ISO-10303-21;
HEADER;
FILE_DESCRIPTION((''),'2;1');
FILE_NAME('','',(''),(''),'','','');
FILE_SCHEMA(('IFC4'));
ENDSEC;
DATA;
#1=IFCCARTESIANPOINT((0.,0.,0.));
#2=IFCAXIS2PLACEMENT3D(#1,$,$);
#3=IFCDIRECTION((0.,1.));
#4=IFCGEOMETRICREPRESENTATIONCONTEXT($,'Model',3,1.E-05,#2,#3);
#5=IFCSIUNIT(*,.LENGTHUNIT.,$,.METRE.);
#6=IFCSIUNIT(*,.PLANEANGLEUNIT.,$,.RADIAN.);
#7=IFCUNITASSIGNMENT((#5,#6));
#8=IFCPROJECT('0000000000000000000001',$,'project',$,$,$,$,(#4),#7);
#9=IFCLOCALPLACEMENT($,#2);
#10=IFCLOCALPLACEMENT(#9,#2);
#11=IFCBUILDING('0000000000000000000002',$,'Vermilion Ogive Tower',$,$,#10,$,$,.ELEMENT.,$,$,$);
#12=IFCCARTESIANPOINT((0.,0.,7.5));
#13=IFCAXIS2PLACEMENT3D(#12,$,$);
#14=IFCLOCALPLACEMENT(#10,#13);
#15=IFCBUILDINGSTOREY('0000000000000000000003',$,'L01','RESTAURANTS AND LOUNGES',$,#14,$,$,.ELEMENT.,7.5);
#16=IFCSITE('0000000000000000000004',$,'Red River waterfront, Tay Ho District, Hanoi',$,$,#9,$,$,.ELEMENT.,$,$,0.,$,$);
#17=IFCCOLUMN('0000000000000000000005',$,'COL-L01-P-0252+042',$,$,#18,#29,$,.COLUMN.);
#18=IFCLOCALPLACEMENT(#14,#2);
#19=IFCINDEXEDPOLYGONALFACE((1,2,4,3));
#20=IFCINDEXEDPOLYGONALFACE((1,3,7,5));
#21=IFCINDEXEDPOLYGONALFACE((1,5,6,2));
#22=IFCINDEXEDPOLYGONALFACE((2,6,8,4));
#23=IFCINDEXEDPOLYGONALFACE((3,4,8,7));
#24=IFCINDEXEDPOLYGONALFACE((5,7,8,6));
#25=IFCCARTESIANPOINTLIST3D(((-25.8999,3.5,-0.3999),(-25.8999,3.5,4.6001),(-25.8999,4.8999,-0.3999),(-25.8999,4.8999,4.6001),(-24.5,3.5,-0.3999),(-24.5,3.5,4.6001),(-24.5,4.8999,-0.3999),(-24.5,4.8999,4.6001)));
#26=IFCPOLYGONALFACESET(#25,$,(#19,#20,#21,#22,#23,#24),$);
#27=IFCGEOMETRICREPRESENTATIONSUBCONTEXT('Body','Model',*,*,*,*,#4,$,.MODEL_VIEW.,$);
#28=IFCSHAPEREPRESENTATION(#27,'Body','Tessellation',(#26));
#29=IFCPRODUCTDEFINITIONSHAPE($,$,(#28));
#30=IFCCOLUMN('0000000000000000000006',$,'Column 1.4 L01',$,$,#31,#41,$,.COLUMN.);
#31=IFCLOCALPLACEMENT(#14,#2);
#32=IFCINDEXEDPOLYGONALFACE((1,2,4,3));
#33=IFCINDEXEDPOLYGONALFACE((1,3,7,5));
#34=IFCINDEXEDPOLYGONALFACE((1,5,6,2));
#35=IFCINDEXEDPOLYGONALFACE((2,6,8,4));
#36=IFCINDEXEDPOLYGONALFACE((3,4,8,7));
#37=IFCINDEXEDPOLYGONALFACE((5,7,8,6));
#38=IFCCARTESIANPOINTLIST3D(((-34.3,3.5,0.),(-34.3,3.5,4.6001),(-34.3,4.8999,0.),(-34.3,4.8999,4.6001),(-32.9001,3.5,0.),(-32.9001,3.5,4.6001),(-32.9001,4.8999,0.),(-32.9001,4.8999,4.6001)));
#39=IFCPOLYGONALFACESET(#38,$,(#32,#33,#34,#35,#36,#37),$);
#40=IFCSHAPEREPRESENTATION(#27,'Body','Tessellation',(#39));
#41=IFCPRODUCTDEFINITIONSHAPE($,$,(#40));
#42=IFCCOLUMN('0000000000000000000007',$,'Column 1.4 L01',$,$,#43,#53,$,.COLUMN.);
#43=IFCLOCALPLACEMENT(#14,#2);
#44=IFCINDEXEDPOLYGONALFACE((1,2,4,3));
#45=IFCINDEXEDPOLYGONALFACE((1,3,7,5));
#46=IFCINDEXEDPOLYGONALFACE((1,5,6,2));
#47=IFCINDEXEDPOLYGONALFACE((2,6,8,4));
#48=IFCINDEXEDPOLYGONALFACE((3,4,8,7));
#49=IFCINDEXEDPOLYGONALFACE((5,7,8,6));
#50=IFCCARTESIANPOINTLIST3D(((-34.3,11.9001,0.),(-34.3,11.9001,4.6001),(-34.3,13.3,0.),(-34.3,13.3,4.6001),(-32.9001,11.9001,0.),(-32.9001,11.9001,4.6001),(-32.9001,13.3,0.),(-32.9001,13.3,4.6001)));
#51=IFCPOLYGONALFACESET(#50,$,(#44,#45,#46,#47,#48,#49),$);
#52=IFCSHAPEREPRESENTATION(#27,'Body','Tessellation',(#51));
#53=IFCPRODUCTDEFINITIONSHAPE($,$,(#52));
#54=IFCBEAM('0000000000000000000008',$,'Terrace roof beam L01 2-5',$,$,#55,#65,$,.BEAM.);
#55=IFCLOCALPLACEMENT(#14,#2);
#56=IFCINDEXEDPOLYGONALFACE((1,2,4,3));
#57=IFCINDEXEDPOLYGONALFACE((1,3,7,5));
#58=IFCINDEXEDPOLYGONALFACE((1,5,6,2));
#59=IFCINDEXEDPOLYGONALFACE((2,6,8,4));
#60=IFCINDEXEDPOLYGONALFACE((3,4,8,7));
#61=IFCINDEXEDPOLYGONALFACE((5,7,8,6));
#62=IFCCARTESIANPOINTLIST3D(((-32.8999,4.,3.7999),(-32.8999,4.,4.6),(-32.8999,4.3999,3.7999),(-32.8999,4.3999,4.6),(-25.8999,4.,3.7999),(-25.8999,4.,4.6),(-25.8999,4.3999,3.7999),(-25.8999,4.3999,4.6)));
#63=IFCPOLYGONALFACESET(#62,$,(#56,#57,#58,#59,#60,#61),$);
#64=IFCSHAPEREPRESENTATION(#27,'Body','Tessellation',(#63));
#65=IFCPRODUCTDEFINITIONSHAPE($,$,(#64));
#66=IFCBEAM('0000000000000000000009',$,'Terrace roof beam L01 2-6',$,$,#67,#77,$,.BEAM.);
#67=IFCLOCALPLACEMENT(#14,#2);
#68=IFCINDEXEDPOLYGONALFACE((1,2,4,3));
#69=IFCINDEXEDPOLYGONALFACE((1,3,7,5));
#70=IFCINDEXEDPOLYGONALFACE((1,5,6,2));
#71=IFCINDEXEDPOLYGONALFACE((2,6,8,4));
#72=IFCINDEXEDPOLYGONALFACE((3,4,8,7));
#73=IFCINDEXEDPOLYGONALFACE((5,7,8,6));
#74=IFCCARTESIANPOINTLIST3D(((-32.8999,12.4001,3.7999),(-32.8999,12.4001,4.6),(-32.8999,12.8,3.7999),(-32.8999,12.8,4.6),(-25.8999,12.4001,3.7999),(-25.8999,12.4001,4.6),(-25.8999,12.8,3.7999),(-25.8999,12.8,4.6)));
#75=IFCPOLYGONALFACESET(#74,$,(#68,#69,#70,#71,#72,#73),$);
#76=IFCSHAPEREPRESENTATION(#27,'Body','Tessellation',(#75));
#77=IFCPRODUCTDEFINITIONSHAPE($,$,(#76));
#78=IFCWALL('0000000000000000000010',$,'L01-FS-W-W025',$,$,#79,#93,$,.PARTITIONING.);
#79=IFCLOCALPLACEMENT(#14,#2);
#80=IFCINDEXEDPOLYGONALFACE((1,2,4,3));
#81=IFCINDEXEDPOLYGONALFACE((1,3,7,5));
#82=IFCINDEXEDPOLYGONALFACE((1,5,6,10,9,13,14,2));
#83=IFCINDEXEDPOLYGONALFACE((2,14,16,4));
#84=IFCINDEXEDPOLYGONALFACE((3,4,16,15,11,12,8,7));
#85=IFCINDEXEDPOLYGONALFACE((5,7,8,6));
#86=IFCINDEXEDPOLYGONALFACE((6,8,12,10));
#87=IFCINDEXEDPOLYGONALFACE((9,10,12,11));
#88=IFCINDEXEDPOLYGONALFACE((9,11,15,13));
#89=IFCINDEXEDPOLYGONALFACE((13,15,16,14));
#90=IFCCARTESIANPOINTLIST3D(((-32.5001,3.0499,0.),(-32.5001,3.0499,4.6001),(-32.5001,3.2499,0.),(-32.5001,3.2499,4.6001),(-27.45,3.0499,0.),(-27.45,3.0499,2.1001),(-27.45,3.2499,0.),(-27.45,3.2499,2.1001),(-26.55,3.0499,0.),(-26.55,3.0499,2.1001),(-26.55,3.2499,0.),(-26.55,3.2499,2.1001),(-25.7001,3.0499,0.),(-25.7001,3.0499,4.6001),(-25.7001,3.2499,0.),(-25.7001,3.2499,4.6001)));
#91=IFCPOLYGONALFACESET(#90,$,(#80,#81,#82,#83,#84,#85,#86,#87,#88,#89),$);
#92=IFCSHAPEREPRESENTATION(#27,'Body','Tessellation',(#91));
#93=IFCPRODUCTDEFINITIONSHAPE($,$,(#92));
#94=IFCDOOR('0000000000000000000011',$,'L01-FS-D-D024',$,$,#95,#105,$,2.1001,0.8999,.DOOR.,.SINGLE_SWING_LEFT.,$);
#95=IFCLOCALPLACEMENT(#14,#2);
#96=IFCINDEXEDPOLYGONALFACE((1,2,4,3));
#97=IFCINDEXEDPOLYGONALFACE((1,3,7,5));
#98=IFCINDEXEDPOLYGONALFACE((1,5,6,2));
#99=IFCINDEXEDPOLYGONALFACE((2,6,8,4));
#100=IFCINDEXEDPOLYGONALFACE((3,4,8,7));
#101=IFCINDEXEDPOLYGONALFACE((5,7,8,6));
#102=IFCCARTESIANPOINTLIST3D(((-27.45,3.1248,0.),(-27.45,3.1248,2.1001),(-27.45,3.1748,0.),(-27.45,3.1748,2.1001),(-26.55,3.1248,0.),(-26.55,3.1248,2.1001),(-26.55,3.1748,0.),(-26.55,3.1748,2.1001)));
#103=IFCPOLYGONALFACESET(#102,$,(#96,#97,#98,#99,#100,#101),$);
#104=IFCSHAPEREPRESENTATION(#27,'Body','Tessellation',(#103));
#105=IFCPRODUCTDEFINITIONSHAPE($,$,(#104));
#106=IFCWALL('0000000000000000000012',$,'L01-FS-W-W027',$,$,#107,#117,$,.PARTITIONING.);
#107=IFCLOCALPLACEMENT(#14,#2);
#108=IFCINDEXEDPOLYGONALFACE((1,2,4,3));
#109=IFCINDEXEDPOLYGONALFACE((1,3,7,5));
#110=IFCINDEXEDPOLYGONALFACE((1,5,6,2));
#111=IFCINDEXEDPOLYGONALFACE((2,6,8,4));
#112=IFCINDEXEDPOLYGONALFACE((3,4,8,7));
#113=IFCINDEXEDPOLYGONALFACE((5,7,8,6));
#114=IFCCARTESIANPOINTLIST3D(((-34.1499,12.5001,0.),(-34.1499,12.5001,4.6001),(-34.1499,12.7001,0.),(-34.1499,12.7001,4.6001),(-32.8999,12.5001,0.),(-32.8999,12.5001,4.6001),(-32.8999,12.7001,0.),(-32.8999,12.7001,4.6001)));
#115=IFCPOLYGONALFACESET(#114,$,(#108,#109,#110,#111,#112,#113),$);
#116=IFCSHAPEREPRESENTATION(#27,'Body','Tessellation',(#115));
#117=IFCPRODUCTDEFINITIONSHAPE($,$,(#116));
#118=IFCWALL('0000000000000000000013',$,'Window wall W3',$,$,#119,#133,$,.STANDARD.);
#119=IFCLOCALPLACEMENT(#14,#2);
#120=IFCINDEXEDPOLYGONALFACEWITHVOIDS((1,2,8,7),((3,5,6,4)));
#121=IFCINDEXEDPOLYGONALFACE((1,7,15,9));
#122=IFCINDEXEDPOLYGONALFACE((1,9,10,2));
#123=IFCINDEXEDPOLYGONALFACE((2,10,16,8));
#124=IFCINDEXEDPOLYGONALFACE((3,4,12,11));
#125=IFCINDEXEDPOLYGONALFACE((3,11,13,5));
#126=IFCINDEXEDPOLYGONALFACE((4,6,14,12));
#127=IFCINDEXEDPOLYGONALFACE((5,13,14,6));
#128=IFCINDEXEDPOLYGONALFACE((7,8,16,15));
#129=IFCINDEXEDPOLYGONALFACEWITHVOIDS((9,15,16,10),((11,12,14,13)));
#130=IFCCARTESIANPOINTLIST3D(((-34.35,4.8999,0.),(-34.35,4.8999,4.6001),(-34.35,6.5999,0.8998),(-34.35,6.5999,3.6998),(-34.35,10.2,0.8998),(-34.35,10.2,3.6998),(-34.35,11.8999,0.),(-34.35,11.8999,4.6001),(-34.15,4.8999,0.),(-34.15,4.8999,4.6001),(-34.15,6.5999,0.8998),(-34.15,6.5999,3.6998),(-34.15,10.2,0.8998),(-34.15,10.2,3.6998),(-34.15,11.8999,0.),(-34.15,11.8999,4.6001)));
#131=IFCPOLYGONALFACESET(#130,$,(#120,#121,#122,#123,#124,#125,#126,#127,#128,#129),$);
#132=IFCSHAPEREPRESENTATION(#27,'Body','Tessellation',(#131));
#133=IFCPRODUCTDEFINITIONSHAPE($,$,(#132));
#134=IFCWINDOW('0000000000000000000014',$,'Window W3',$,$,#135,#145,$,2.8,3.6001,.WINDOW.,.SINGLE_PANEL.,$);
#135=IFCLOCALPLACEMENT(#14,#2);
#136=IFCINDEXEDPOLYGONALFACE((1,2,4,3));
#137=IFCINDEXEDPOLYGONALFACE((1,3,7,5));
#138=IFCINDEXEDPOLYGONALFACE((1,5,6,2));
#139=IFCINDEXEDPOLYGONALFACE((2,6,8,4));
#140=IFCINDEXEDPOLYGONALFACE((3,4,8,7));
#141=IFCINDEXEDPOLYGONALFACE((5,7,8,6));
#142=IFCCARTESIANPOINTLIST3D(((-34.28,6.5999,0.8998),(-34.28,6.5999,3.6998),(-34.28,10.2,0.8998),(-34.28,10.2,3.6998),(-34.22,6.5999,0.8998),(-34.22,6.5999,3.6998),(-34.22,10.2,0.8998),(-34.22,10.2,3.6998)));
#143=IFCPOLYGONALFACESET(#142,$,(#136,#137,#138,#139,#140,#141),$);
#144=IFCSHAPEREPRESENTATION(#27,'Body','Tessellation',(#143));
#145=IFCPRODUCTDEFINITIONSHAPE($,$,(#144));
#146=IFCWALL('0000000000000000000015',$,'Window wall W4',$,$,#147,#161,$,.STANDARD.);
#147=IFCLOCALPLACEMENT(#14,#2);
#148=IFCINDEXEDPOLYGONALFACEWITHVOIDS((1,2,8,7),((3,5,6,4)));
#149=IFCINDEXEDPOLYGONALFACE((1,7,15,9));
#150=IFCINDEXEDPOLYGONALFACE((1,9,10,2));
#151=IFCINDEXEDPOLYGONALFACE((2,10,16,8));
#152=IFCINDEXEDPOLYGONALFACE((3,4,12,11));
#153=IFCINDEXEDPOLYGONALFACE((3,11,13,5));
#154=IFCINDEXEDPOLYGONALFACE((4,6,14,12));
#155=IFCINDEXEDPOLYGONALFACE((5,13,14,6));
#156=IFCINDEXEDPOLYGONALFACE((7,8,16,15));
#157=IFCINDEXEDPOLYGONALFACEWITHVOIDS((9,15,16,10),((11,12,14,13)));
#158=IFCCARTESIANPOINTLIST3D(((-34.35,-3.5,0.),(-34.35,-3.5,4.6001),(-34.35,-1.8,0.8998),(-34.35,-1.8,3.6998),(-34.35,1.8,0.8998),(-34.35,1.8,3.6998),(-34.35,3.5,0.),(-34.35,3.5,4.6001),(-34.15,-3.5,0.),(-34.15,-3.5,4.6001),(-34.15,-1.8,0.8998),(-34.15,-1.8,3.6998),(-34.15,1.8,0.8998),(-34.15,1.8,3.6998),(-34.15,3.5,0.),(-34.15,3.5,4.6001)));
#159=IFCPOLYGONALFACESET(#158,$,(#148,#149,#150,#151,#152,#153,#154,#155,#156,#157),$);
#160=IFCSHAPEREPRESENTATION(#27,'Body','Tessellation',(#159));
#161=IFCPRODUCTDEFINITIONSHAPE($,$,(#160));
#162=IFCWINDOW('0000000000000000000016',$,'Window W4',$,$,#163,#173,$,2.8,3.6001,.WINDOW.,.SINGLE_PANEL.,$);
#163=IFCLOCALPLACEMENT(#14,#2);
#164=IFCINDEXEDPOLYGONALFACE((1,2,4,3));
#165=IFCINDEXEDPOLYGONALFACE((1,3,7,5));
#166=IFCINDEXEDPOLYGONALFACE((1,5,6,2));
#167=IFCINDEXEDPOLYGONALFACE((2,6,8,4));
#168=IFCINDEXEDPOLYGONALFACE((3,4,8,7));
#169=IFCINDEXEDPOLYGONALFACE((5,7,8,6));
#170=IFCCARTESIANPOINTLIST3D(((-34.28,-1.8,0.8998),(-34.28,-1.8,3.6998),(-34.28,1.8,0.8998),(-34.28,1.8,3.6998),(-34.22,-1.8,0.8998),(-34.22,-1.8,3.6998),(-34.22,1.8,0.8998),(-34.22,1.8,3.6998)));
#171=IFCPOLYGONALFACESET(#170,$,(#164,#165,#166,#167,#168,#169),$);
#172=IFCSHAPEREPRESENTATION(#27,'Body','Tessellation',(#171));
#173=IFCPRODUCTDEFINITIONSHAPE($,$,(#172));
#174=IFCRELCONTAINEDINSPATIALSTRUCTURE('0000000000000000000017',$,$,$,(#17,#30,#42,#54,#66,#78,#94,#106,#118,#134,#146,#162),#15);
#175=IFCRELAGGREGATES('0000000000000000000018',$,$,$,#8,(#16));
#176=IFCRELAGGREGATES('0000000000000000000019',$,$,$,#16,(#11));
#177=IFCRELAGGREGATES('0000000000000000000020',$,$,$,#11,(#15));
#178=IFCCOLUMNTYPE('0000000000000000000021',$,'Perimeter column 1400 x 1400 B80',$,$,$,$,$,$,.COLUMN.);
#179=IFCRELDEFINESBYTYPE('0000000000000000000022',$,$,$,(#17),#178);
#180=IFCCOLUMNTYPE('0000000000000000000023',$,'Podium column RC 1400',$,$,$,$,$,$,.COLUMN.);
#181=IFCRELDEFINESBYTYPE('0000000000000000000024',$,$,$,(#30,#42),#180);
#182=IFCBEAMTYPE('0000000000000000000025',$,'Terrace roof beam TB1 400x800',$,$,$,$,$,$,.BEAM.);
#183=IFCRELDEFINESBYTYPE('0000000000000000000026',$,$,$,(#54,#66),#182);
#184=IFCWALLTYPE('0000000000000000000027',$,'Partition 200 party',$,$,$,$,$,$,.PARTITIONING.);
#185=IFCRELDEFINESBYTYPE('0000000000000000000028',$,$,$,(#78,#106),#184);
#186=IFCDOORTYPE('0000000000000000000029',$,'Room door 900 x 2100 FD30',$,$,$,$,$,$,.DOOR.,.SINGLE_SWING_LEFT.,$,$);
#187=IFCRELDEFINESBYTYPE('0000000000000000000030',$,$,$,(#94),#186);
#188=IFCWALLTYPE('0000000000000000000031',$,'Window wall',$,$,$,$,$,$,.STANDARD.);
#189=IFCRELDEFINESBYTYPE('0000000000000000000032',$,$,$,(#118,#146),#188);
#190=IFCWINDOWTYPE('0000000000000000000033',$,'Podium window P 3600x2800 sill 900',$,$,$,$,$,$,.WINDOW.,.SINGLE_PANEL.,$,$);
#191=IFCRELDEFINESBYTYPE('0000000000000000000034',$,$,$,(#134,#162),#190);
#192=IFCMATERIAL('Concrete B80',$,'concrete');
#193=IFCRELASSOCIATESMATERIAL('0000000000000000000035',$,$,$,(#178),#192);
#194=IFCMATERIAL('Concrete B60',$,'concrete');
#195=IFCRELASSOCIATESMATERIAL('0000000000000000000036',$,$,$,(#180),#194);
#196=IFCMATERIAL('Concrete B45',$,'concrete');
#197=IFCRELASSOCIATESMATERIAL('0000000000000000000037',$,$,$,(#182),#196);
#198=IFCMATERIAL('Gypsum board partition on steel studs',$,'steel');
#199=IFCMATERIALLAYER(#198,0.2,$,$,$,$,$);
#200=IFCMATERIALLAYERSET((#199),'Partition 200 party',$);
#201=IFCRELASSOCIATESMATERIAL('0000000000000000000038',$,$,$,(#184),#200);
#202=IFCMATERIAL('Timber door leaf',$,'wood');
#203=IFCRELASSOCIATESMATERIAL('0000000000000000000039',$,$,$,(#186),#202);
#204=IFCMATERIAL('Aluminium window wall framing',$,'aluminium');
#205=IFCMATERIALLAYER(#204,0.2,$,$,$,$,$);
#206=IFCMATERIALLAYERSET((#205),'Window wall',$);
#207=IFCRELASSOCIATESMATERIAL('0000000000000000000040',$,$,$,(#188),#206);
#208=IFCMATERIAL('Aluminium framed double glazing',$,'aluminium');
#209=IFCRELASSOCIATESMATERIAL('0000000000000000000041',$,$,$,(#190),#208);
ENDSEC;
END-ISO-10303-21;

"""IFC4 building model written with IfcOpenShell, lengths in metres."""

from ifc_helpers import new_model, si_unit, direction, frame, frame_2d, origin, origin_2d, place, context, subcontext, project, spatial, rectangle, extrude, material, layer, layer_set, material_profile, profile_set, type_object, element, fill, save


model = new_model("IFC4")

# Units and contexts
model_context = context("Model", 3, precision=1e-05, world=origin(), true_north=direction((0.0, 1.0)))
body_context = subcontext(model_context, "Body", "Model", "MODEL_VIEW")
ifc_project = project(units=[si_unit("LENGTHUNIT", "METRE"), si_unit("PLANEANGLEUNIT", "RADIAN")], contexts=[model_context])

# Site, building, storey
site_placement = place(None, origin())
site = spatial("IfcSite", under=ifc_project, at=site_placement, Name="Red River waterfront, Tay Ho District, Hanoi", CompositionType="ELEMENT", RefElevation=0.0)
building_placement = place(site_placement, origin())
building = spatial("IfcBuilding", under=site, at=building_placement, Name="Vermilion Ogive Tower", CompositionType="ELEMENT")
storey_placement = place(building_placement, frame((0.0, 0.0, 7.5)))
storey = spatial("IfcBuildingStorey", under=building, at=storey_placement, Name="L01", Description="RESTAURANTS AND LOUNGES", CompositionType="ELEMENT", Elevation=7.5)

# Columns
ifc_material_1 = material(Name="Concrete B80", Category="concrete")
ifc_material_profile_1 = material_profile(ifc_material_1, rectangle(XDim=1.3999, YDim=1.3999, at=origin_2d()), Name="1400 x 1400")
ifc_profile_set_1 = profile_set([ifc_material_profile_1], Name="Concrete B80")
column_type_1 = type_object("IfcColumnType", Name="Perimeter column 1400 x 1400 B80", PredefinedType="COLUMN", material=ifc_profile_set_1)
column_placement = place(storey_placement, frame((-25.2, 4.2, -0.3999), z_axis=(0.0, 0.0, 1.0), x_axis=(1.0, 0.0, 0.0)))
element("IfcColumn", 1, at=column_placement, inside=storey, type_object=column_type_1, Name="COL-L01-P-0252+042", PredefinedType="COLUMN", context=body_context, shape_type="SweptSolid", body=[
    extrude(rectangle(XDim=1.3999, YDim=1.3999, at=origin_2d()), origin(), (0.0, 0.0, 1.0), 5.0),
])
ifc_material_2 = material(Name="Concrete B60", Category="concrete")
ifc_material_profile_2 = material_profile(ifc_material_2, rectangle(XDim=1.3999, YDim=1.3999, at=origin_2d()), Name="RC 1400x1400")
ifc_profile_set_2 = profile_set([ifc_material_profile_2], Name="Concrete B60")
column_type_2 = type_object("IfcColumnType", Name="Podium column RC 1400", PredefinedType="COLUMN", material=ifc_profile_set_2)
for number, where, z_axis, x_axis, name in (
    (2, (-33.6001, 4.2, 0.0), (0.0, 0.0, 1.0), (1.0, 0.0, 0.0), "Column 1.4 L01"),
    (3, (-33.6001, 12.6001, 0.0), (0.0, 0.0, 1.0), (1.0, 0.0, 0.0), "Column 1.4 L01"),
):
    element("IfcColumn", number, at=place(storey_placement, frame(where, z_axis=z_axis, x_axis=x_axis)), inside=storey, type_object=column_type_2, Name=name, PredefinedType="COLUMN", context=body_context, shape_type="SweptSolid", body=[
        extrude(rectangle(XDim=1.3999, YDim=1.3999, at=origin_2d()), origin(), (0.0, 0.0, 1.0), 4.6001),
    ])

# Beams
ifc_material_3 = material(Name="Concrete B45", Category="concrete")
ifc_material_profile_3 = material_profile(ifc_material_3, rectangle(XDim=0.3999, YDim=0.8, at=origin_2d()), Name="RC 400x800")
ifc_profile_set_3 = profile_set([ifc_material_profile_3], Name="Concrete B45")
beam_type = type_object("IfcBeamType", Name="Terrace roof beam TB1 400x800", PredefinedType="BEAM", material=ifc_profile_set_3)
for number, where, z_axis, x_axis, name in (
    (4, (-32.8999, 4.2, 4.2), (1.0, 0.0, 0.0), (0.0, 1.0, 0.0), "Terrace roof beam L01 2-5"),
    (5, (-32.8999, 12.6001, 4.2), (1.0, 0.0, 0.0), (0.0, 1.0, 0.0), "Terrace roof beam L01 2-6"),
):
    element("IfcBeam", number, at=place(storey_placement, frame(where, z_axis=z_axis, x_axis=x_axis)), inside=storey, type_object=beam_type, Name=name, PredefinedType="BEAM", context=body_context, shape_type="SweptSolid", body=[
        extrude(rectangle(XDim=0.3999, YDim=0.8, at=origin_2d()), origin(), (0.0, 0.0, 1.0), 7.0),
    ])

# Wall, opening, door
ifc_material_4 = material(Name="Gypsum board partition on steel studs", Category="steel")
ifc_layer_1 = layer(ifc_material_4, 0.2)
ifc_layer_set_1 = layer_set([ifc_layer_1], Name="Partition 200 party")
wall_type_1 = type_object("IfcWallType", Name="Partition 200 party", PredefinedType="PARTITIONING", material=ifc_layer_set_1)
wall_1_placement = place(storey_placement, frame((-32.5, 3.1499, 0.0), z_axis=(0.0, 0.0, 1.0), x_axis=(1.0, 0.0, 0.0)))
wall_1 = element("IfcWall", 6, at=wall_1_placement, inside=storey, type_object=wall_type_1, Name="L01-FS-W-W025", PredefinedType="PARTITIONING", context=body_context, shape_type="SweptSolid", body=[
    extrude(rectangle(XDim=6.8, YDim=0.2, at=frame_2d((3.3999, 0.0))), origin(), (0.0, 0.0, 1.0), 4.6001),
])
opening_1_placement = place(wall_1_placement, frame((5.05, 0.0, 0.0)))
opening_1 = element("IfcOpeningElement", 7, at=opening_1_placement, cuts=wall_1, PredefinedType="OPENING", context=body_context, shape_type="SweptSolid", body=[
    extrude(rectangle(XDim=0.8999, YDim=2.1001, at=frame_2d((0.45, 1.05))), frame((0.0, 0.1099, 0.0), z_axis=(0.0, -1.0, 0.0), x_axis=(1.0, 0.0, 0.0)), (0.0, 0.0, 1.0), 0.22),
])
ifc_material_5 = material(Name="Timber door leaf", Category="wood")
door_type = type_object("IfcDoorType", Name="Room door 900 x 2100 FD30", OperationType="SINGLE_SWING_LEFT", PredefinedType="DOOR", material=ifc_material_5)
door_placement = place(opening_1_placement, origin())
door = element("IfcDoor", 8, at=door_placement, inside=storey, type_object=door_type, Name="L01-FS-D-D024", OperationType="SINGLE_SWING_LEFT", OverallHeight=2.1001, OverallWidth=0.8999, PredefinedType="DOOR", context=body_context, shape_type="SweptSolid", body=[
    extrude(rectangle(XDim=0.8999, YDim=2.1001, at=frame_2d((0.45, 1.05))), frame((0.0, 0.0249, 0.0), z_axis=(0.0, -1.0, 0.0), x_axis=(1.0, 0.0, 0.0)), (0.0, 0.0, 1.0), 0.05),
])
fill(opening_1, door)

# Wall
wall_2_placement = place(storey_placement, frame((-34.1499, 12.6001, 0.0), z_axis=(0.0, 0.0, 1.0), x_axis=(1.0, 0.0, 0.0)))
element("IfcWall", 9, at=wall_2_placement, inside=storey, type_object=wall_type_1, Name="L01-FS-W-W027", PredefinedType="PARTITIONING", context=body_context, shape_type="SweptSolid", body=[
    extrude(rectangle(XDim=1.25, YDim=0.2, at=frame_2d((0.625, 0.0))), origin(), (0.0, 0.0, 1.0), 4.6001),
])

# Walls, openings, windows
ifc_material_6 = material(Name="Aluminium window wall framing", Category="aluminium")
ifc_layer_2 = layer(ifc_material_6, 0.2)
ifc_layer_set_2 = layer_set([ifc_layer_2], Name="Window wall")
wall_type_2 = type_object("IfcWallType", Name="Window wall", PredefinedType="STANDARD", material=ifc_layer_set_2)
wall_3_placement = place(storey_placement, frame((-34.25, 11.8999, 0.0), z_axis=(0.0, 0.0, 1.0), x_axis=(0.0, -1.0, 0.0)))
wall_3 = element("IfcWall", 10, at=wall_3_placement, inside=storey, type_object=wall_type_2, Name="Window wall W3", PredefinedType="STANDARD", context=body_context, shape_type="SweptSolid", body=[
    extrude(rectangle(XDim=7.0, YDim=0.2, at=frame_2d((3.5, 0.0))), origin(), (0.0, 0.0, 1.0), 4.6001),
])
opening_2_placement = place(wall_3_placement, frame((1.7, 0.0, 0.8999)))
opening_2 = element("IfcOpeningElement", 11, at=opening_2_placement, cuts=wall_3, PredefinedType="OPENING", context=body_context, shape_type="SweptSolid", body=[
    extrude(rectangle(XDim=3.6001, YDim=2.8, at=frame_2d((1.8, 1.3999))), frame((0.0, 0.1099, 0.0), z_axis=(0.0, -1.0, 0.0), x_axis=(1.0, 0.0, 0.0)), (0.0, 0.0, 1.0), 0.22),
])
ifc_material_7 = material(Name="Aluminium framed double glazing", Category="aluminium")
window_type = type_object("IfcWindowType", Name="Podium window P 3600x2800 sill 900", PartitioningType="SINGLE_PANEL", PredefinedType="WINDOW", material=ifc_material_7)
window_1_placement = place(opening_2_placement, origin())
window_1 = element("IfcWindow", 12, at=window_1_placement, inside=storey, type_object=window_type, Name="Window W3", OverallHeight=2.8, OverallWidth=3.6001, PartitioningType="SINGLE_PANEL", PredefinedType="WINDOW", context=body_context, shape_type="SweptSolid", body=[
    extrude(rectangle(XDim=3.6001, YDim=2.8, at=frame_2d((1.8, 1.3999))), frame((0.0, 0.03, 0.0), z_axis=(0.0, -1.0, 0.0), x_axis=(1.0, 0.0, 0.0)), (0.0, 0.0, 1.0), 0.0601),
])
fill(opening_2, window_1)
wall_4_placement = place(storey_placement, frame((-34.25, 3.5, 0.0), z_axis=(0.0, 0.0, 1.0), x_axis=(0.0, -1.0, 0.0)))
wall_4 = element("IfcWall", 13, at=wall_4_placement, inside=storey, type_object=wall_type_2, Name="Window wall W4", PredefinedType="STANDARD", context=body_context, shape_type="SweptSolid", body=[
    extrude(rectangle(XDim=7.0, YDim=0.2, at=frame_2d((3.5, 0.0))), origin(), (0.0, 0.0, 1.0), 4.6001),
])
opening_3_placement = place(wall_4_placement, frame((1.7, 0.0, 0.8999)))
opening_3 = element("IfcOpeningElement", 14, at=opening_3_placement, cuts=wall_4, PredefinedType="OPENING", context=body_context, shape_type="SweptSolid", body=[
    extrude(rectangle(XDim=3.6001, YDim=2.8, at=frame_2d((1.8, 1.3999))), frame((0.0, 0.1099, 0.0), z_axis=(0.0, -1.0, 0.0), x_axis=(1.0, 0.0, 0.0)), (0.0, 0.0, 1.0), 0.22),
])
window_2_placement = place(opening_3_placement, origin())
window_2 = element("IfcWindow", 15, at=window_2_placement, inside=storey, type_object=window_type, Name="Window W4", OverallHeight=2.8, OverallWidth=3.6001, PartitioningType="SINGLE_PANEL", PredefinedType="WINDOW", context=body_context, shape_type="SweptSolid", body=[
    extrude(rectangle(XDim=3.6001, YDim=2.8, at=frame_2d((1.8, 1.3999))), frame((0.0, 0.03, 0.0), z_axis=(0.0, -1.0, 0.0), x_axis=(1.0, 0.0, 0.0)), (0.0, 0.0, 1.0), 0.0601),
])
fill(opening_3, window_2)

save(model, "model.ifc")
